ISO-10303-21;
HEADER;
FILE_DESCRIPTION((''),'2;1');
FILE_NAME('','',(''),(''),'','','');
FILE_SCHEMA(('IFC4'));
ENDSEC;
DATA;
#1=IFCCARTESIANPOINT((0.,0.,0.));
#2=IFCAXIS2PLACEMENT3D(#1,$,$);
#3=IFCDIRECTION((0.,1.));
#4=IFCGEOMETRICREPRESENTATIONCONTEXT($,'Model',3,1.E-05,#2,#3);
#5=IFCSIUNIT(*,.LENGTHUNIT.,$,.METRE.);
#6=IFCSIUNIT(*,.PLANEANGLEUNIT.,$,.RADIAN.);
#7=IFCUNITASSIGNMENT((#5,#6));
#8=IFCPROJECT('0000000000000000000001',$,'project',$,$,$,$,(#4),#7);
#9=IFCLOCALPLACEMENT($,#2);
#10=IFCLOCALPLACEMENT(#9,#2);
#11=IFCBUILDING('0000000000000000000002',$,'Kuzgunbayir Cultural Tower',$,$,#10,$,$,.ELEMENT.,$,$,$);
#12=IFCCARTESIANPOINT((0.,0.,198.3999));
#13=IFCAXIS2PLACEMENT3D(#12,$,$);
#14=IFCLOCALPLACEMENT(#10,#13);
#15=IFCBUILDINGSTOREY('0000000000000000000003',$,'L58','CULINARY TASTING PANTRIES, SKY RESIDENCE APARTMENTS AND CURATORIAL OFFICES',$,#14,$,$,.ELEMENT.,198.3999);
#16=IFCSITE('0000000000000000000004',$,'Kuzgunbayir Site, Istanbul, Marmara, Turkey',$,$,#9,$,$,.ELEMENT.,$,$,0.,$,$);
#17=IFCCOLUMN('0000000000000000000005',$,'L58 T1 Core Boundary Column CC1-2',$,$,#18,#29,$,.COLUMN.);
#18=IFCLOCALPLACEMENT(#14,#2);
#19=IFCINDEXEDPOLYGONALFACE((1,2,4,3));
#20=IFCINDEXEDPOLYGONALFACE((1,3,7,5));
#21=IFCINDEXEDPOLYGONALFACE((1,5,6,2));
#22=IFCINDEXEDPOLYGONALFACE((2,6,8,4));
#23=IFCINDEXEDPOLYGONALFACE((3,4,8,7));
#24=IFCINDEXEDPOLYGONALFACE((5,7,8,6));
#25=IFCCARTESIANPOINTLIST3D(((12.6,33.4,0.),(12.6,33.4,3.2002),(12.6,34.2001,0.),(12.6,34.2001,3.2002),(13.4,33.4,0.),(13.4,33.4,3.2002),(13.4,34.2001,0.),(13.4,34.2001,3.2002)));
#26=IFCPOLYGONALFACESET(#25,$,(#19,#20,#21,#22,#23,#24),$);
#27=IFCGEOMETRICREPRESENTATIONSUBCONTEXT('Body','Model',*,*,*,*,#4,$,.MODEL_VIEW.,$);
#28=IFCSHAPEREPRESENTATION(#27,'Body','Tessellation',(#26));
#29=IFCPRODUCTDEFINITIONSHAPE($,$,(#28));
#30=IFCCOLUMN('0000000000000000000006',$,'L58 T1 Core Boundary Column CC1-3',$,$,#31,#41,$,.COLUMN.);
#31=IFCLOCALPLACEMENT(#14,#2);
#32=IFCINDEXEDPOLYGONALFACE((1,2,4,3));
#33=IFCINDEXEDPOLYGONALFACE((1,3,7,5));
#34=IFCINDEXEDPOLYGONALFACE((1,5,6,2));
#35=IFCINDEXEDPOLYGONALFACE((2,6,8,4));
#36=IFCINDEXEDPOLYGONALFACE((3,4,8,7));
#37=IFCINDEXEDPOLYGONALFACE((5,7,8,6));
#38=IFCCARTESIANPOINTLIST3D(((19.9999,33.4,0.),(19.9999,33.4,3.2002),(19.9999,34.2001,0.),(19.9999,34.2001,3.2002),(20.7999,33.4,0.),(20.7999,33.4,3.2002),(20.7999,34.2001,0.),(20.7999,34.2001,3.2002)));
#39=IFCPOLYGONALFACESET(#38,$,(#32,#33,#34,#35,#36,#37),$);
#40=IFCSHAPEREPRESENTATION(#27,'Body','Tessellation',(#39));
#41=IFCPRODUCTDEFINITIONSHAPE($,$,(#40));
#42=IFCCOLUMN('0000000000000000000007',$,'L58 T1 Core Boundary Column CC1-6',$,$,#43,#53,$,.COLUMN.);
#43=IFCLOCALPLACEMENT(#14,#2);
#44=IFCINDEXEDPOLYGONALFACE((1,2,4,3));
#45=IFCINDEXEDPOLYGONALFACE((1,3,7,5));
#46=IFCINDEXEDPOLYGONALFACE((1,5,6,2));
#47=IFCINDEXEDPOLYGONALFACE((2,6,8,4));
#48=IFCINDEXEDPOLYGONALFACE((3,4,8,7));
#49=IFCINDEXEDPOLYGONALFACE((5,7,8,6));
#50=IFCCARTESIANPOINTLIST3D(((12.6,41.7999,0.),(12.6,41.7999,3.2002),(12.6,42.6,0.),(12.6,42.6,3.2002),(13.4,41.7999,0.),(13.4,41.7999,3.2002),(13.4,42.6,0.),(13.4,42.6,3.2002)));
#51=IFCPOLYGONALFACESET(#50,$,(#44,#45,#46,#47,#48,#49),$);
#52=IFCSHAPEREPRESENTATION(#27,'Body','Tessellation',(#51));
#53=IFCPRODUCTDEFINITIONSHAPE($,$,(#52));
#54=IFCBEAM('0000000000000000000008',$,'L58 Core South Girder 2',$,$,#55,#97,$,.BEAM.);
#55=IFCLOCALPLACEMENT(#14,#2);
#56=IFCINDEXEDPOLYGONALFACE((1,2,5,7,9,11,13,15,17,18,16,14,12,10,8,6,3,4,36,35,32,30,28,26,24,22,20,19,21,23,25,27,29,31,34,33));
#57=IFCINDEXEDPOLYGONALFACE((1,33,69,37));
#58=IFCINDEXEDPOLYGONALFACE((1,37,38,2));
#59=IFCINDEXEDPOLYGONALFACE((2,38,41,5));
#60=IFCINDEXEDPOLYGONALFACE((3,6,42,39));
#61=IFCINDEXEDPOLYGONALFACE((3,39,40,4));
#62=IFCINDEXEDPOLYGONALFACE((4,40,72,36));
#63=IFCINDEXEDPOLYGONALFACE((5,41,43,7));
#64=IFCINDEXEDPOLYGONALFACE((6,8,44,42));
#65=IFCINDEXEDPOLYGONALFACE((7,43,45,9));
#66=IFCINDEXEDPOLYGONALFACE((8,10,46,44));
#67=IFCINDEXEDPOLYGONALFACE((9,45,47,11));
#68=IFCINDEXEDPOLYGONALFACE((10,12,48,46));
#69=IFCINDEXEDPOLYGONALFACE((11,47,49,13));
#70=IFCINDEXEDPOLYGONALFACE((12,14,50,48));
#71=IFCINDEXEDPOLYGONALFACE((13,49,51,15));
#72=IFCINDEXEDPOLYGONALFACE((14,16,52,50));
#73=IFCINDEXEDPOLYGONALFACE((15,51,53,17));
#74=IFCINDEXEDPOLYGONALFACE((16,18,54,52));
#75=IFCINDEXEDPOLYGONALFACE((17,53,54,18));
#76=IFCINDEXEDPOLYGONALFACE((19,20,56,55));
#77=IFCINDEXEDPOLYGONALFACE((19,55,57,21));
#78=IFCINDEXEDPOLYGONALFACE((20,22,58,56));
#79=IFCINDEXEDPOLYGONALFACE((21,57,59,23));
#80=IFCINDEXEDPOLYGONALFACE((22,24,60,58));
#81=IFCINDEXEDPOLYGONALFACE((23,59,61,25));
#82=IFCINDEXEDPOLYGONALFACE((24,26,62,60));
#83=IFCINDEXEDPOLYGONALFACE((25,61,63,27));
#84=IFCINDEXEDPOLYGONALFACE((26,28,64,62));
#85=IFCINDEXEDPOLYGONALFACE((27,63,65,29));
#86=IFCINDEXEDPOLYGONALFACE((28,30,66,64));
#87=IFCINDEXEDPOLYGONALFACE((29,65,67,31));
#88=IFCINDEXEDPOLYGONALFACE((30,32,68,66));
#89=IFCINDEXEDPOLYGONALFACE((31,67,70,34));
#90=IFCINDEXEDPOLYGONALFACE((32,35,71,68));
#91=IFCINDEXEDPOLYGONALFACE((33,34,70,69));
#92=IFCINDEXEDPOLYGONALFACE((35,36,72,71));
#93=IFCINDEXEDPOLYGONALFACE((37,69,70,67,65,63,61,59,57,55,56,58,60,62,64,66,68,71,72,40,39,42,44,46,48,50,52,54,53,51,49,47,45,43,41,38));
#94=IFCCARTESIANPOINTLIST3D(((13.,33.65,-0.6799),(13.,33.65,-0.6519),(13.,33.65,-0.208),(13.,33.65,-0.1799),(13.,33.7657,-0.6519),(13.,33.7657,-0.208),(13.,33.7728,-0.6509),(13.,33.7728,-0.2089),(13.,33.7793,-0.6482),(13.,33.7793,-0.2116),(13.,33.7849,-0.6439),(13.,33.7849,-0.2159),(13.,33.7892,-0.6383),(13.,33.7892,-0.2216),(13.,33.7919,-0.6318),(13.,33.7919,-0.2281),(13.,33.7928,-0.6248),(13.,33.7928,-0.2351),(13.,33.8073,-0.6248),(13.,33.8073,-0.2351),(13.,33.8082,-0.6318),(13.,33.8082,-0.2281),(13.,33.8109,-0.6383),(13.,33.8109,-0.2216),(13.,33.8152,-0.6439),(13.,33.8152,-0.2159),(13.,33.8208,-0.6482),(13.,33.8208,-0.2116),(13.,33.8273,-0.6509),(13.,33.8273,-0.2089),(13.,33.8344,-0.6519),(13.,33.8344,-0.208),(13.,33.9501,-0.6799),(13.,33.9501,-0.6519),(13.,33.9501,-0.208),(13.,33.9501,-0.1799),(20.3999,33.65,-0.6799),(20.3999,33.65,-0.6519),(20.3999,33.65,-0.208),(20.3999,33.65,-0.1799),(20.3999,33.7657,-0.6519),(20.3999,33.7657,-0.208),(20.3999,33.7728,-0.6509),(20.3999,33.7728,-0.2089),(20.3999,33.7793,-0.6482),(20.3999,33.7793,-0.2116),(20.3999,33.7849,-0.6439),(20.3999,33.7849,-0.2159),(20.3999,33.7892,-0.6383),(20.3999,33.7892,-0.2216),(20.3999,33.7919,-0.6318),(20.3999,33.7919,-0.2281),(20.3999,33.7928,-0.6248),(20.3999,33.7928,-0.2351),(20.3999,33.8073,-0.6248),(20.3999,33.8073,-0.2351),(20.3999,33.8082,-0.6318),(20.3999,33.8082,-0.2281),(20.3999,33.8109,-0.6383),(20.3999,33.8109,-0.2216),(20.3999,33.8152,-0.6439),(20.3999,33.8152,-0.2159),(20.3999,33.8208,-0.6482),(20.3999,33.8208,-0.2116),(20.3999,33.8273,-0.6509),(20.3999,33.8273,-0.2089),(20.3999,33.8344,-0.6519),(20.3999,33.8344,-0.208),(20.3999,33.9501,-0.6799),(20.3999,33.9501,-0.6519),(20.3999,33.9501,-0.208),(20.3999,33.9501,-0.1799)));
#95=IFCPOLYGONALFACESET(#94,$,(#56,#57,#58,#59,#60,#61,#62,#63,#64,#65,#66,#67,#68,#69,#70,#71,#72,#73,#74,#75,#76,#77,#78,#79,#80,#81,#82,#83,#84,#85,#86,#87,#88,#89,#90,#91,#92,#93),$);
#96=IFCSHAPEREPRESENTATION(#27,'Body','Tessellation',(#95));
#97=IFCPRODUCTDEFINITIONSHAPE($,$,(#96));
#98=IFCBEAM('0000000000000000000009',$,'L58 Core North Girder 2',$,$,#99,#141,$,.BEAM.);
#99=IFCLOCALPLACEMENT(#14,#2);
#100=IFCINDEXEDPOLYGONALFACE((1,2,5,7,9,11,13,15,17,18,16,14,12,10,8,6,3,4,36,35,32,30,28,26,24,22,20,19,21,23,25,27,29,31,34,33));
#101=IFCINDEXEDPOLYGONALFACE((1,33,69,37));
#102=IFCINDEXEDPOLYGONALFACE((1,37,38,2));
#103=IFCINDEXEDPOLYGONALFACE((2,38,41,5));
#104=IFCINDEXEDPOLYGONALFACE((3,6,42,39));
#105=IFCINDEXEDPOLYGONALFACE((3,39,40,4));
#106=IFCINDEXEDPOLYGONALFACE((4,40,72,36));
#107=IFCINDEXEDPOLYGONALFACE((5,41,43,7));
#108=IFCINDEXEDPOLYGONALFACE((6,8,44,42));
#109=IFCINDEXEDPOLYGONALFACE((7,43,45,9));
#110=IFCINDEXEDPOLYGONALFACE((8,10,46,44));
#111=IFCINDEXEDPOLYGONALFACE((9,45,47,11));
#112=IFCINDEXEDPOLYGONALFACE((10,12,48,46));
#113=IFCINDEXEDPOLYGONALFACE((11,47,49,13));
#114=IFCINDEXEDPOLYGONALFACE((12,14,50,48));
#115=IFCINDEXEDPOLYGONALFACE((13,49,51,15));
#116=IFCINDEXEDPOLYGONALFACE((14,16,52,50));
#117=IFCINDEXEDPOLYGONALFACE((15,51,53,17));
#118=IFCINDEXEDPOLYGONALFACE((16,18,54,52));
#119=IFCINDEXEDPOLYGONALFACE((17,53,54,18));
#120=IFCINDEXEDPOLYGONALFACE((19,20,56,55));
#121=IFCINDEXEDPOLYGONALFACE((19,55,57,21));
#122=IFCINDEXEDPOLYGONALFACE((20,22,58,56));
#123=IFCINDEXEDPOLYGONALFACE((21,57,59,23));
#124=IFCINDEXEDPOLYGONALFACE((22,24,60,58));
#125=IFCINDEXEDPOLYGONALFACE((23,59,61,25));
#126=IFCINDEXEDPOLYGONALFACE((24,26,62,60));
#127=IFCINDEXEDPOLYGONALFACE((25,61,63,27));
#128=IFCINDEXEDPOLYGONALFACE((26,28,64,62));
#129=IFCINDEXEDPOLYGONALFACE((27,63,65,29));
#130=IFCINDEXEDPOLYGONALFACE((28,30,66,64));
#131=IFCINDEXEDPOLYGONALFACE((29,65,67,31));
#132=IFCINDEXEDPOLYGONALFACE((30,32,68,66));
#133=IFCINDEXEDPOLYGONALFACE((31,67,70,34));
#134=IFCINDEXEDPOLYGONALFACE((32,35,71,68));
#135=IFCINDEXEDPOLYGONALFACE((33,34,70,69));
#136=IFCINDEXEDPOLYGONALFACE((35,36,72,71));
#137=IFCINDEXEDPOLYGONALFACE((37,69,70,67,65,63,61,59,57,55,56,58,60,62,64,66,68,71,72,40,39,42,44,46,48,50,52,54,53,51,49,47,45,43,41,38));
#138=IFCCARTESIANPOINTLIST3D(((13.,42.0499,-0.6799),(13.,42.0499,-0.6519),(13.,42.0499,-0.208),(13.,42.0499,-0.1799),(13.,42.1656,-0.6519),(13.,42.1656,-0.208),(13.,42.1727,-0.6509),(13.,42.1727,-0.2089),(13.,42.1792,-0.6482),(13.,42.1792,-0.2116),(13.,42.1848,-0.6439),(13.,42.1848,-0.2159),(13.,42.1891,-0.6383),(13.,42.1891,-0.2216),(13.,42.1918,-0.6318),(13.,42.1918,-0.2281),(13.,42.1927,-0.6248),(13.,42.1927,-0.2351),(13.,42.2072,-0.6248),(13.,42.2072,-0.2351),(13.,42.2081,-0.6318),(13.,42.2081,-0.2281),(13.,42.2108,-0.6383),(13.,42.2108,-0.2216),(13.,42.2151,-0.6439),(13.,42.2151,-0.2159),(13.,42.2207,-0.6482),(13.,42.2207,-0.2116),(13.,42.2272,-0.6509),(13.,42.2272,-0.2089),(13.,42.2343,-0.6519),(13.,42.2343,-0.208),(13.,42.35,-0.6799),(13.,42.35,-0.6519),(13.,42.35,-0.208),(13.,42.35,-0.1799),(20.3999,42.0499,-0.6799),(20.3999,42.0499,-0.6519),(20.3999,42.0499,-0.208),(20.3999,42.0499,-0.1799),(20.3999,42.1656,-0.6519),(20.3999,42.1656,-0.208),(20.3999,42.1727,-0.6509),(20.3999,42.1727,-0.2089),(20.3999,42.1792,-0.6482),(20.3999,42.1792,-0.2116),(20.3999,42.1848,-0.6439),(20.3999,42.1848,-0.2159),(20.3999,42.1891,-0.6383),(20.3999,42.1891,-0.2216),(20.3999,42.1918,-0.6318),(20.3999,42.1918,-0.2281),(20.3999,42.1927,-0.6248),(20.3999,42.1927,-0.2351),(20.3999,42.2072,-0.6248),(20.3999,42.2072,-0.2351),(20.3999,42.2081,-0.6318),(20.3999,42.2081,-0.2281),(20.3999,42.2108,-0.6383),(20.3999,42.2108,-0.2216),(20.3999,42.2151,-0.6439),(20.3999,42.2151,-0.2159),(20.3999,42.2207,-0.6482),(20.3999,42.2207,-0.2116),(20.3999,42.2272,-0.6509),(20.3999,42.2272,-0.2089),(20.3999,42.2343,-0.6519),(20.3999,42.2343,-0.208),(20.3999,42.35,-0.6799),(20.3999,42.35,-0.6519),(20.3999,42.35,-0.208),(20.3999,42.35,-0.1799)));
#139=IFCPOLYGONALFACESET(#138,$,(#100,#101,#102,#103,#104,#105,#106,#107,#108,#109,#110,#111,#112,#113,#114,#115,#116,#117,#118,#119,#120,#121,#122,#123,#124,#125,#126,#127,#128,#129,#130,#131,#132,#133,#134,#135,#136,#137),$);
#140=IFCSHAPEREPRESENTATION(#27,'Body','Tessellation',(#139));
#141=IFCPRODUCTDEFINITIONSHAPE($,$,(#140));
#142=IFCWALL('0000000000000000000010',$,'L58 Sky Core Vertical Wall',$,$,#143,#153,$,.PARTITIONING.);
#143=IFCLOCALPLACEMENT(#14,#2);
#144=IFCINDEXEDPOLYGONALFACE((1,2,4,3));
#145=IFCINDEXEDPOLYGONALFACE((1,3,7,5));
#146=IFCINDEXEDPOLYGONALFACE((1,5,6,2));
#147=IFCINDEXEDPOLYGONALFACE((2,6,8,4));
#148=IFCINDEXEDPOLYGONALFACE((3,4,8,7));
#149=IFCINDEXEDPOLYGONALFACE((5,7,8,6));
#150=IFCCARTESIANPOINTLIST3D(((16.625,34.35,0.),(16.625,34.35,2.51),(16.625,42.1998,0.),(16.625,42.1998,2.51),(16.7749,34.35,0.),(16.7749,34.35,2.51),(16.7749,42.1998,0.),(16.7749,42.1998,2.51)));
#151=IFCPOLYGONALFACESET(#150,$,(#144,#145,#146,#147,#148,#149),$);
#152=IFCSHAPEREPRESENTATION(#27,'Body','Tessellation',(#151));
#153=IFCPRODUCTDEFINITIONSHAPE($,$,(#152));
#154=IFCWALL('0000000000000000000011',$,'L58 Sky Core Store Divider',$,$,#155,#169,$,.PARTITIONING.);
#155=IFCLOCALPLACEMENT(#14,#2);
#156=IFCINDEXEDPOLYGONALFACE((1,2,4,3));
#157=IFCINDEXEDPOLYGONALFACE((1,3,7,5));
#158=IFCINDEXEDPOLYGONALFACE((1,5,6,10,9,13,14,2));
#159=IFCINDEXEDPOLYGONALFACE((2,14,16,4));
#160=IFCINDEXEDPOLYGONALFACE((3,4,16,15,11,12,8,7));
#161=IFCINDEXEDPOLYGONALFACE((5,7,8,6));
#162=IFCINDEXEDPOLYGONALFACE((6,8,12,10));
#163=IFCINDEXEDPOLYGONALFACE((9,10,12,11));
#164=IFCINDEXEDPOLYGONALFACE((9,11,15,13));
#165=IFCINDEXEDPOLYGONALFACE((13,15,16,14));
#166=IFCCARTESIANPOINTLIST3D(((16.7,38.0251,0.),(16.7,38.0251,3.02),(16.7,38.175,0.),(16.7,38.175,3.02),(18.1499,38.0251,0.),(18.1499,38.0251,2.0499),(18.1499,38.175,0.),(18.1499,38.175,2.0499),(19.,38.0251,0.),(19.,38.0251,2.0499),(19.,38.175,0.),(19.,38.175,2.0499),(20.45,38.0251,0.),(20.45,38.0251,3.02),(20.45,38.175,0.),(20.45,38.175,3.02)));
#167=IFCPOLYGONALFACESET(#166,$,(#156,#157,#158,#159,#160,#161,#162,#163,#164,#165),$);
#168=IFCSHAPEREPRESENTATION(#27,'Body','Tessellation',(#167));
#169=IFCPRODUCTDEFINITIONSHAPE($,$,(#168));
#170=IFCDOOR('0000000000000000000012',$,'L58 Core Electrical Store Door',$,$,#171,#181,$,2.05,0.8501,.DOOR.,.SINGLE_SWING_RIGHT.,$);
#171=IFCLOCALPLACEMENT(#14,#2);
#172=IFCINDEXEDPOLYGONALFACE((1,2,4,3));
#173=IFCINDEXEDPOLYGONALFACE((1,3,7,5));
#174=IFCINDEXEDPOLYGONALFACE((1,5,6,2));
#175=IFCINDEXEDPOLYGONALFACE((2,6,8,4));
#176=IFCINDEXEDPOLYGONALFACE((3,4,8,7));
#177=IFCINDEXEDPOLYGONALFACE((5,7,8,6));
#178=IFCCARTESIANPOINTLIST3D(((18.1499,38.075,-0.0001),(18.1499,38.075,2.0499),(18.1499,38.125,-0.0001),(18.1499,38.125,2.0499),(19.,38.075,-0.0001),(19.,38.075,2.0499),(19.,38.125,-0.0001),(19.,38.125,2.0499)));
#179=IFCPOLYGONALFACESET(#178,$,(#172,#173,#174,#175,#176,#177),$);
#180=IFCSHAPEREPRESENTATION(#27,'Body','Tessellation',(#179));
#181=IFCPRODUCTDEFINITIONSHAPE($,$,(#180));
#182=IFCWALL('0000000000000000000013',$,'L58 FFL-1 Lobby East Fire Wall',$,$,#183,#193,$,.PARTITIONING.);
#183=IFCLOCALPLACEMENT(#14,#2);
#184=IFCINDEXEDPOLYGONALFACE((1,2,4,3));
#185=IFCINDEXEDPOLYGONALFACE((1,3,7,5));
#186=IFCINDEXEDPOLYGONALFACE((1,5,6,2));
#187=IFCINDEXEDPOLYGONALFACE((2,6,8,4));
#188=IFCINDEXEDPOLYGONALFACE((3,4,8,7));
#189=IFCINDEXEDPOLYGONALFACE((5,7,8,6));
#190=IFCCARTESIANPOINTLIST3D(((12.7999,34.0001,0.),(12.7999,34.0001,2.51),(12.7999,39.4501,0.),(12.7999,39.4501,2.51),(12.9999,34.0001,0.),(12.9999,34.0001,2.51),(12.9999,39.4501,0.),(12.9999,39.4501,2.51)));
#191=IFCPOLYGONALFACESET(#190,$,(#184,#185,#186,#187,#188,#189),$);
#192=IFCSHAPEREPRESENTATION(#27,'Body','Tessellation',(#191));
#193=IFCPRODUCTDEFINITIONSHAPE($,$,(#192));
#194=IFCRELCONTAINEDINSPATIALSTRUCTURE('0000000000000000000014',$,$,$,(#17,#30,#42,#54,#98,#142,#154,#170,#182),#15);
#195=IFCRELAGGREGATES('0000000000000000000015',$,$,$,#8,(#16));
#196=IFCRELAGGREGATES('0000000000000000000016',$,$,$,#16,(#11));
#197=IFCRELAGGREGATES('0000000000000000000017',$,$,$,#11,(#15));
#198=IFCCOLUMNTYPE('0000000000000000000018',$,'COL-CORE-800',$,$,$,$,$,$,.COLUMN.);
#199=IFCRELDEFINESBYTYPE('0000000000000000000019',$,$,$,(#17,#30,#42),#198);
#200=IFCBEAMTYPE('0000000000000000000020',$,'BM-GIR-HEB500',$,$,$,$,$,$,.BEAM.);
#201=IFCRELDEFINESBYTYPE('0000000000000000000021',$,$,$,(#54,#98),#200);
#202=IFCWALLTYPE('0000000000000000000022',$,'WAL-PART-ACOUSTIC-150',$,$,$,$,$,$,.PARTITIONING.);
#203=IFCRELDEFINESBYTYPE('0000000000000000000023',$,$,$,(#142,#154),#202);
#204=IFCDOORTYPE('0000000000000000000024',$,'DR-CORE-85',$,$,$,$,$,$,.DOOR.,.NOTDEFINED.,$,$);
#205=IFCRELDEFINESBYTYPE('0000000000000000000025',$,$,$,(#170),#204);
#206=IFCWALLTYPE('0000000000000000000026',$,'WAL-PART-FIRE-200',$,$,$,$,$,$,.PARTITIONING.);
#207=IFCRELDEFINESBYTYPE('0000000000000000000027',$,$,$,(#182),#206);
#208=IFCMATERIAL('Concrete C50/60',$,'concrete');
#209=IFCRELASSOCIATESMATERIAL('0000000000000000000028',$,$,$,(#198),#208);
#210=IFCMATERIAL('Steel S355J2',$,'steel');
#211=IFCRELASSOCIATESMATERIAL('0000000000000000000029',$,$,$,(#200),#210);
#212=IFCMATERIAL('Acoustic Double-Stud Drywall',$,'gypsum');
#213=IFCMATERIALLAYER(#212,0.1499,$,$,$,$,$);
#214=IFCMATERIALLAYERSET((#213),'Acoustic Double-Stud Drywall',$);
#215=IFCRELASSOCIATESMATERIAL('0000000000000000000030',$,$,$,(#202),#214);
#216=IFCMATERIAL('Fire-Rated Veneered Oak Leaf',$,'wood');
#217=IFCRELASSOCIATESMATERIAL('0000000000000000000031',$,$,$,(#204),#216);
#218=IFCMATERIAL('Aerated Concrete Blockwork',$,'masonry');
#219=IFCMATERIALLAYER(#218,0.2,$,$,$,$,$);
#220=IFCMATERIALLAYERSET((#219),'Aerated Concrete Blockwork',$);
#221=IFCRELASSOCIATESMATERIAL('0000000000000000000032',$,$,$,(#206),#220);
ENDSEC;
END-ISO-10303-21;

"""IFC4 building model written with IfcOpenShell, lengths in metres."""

from ifc_helpers import new_model, si_unit, direction, frame, frame_2d, origin, origin_2d, place, context, subcontext, project, spatial, rectangle, i_section, extrude, material, layer, layer_set, material_profile, profile_set, type_object, element, fill, save


model = new_model("IFC4")

# Units and contexts
model_context = context("Model", 3, precision=1e-05, world=origin(), true_north=direction((0.0, 1.0)))
body_context = subcontext(model_context, "Body", "Model", "MODEL_VIEW")
ifc_project = project(units=[si_unit("LENGTHUNIT", "METRE"), si_unit("PLANEANGLEUNIT", "RADIAN")], contexts=[model_context])

# Site, building, storey
site_placement = place(None, origin())
site = spatial("IfcSite", under=ifc_project, at=site_placement, Name="Kuzgunbayir Site, Istanbul, Marmara, Turkey", CompositionType="ELEMENT", RefElevation=0.0)
building_placement = place(site_placement, origin())
building = spatial("IfcBuilding", under=site, at=building_placement, Name="Kuzgunbayir Cultural Tower", CompositionType="ELEMENT")
storey_placement = place(building_placement, frame((0.0, 0.0, 198.3999)))
storey = spatial("IfcBuildingStorey", under=building, at=storey_placement, Name="L58", Description="CULINARY TASTING PANTRIES, SKY RESIDENCE APARTMENTS AND CURATORIAL OFFICES", CompositionType="ELEMENT", Elevation=198.3999)

# Columns
ifc_material_1 = material(Name="Concrete C50/60", Category="concrete")
ifc_material_profile_1 = material_profile(ifc_material_1, rectangle(XDim=0.8, YDim=0.8, at=origin_2d()), Name="RC 800x800")
ifc_profile_set_1 = profile_set([ifc_material_profile_1], Name="Concrete C50/60")
column_type = type_object("IfcColumnType", Name="COL-CORE-800", PredefinedType="COLUMN", material=ifc_profile_set_1)
for number, where, z_axis, x_axis, name in (
    (1, (13.0, 33.8, 0.0), (0.0, 0.0, 1.0), (1.0, 0.0, 0.0), "L58 T1 Core Boundary Column CC1-2"),
    (2, (20.3999, 33.8, 0.0), (0.0, 0.0, 1.0), (1.0, 0.0, 0.0), "L58 T1 Core Boundary Column CC1-3"),
    (3, (13.0, 42.2, 0.0), (0.0, 0.0, 1.0), (1.0, 0.0, 0.0), "L58 T1 Core Boundary Column CC1-6"),
):
    element("IfcColumn", number, at=place(storey_placement, frame(where, z_axis=z_axis, x_axis=x_axis)), inside=storey, type_object=column_type, Name=name, PredefinedType="COLUMN", context=body_context, shape_type="SweptSolid", body=[
        extrude(rectangle(XDim=0.8, YDim=0.8, at=origin_2d()), origin(), (0.0, 0.0, 1.0), 3.2002),
    ])

# Beams
ifc_material_2 = material(Name="Steel S355J2", Category="steel")
ifc_material_profile_2 = material_profile(ifc_material_2, i_section(OverallWidth=0.3, OverallDepth=0.5, WebThickness=0.0144, FlangeThickness=0.0281, FilletRadius=0.0271, at=origin_2d()), Name="HEB 500")
ifc_profile_set_2 = profile_set([ifc_material_profile_2], Name="Steel S355J2")
beam_type = type_object("IfcBeamType", Name="BM-GIR-HEB500", PredefinedType="BEAM", material=ifc_profile_set_2)
for number, where, z_axis, x_axis, name in (
    (4, (13.0, 33.8, -0.4299), (1.0, 0.0, 0.0), (0.0, 1.0, 0.0), "L58 Core South Girder 2"),
    (5, (13.0, 42.2, -0.4299), (1.0, 0.0, 0.0), (0.0, 1.0, 0.0), "L58 Core North Girder 2"),
):
    element("IfcBeam", number, at=place(storey_placement, frame(where, z_axis=z_axis, x_axis=x_axis)), inside=storey, type_object=beam_type, Name=name, PredefinedType="BEAM", context=body_context, shape_type="SweptSolid", body=[
        extrude(i_section(OverallWidth=0.3, OverallDepth=0.5, WebThickness=0.0144, FlangeThickness=0.0281, FilletRadius=0.0271, at=origin_2d()), origin(), (0.0, 0.0, 1.0), 7.3999),
    ])

# Shared definitions
ifc_material_3 = material(Name="Acoustic Double-Stud Drywall", Category="gypsum")
ifc_layer_1 = layer(ifc_material_3, 0.1499)
ifc_layer_set_1 = layer_set([ifc_layer_1], Name="Acoustic Double-Stud Drywall")
wall_type_1 = type_object("IfcWallType", Name="WAL-PART-ACOUSTIC-150", PredefinedType="PARTITIONING", material=ifc_layer_set_1)
ifc_material_4 = material(Name="Fire-Rated Veneered Oak Leaf", Category="wood")

# Wall
wall_1_placement = place(storey_placement, frame((16.7, 34.3501, 0.0), z_axis=(0.0, 0.0, 1.0), x_axis=(0.0, 1.0, 0.0)))
element("IfcWall", 6, at=wall_1_placement, inside=storey, type_object=wall_type_1, Name="L58 Sky Core Vertical Wall", PredefinedType="PARTITIONING", context=body_context, shape_type="SweptSolid", body=[
    extrude(rectangle(XDim=7.8499, YDim=0.1499, at=frame_2d((3.9248, 0.0))), origin(), (0.0, 0.0, 1.0), 2.51),
])

# Wall, opening, door
wall_2_placement = place(storey_placement, frame((16.7, 38.1001, 0.0), z_axis=(0.0, 0.0, 1.0), x_axis=(1.0, 0.0, 0.0)))
wall_2 = element("IfcWall", 7, at=wall_2_placement, inside=storey, type_object=wall_type_1, Name="L58 Sky Core Store Divider", PredefinedType="PARTITIONING", context=body_context, shape_type="SweptSolid", body=[
    extrude(rectangle(XDim=3.75, YDim=0.1499, at=frame_2d((1.875, 0.0))), origin(), (0.0, 0.0, 1.0), 3.02),
])
opening_1_placement = place(wall_2_placement, frame((1.45, 0.0, 0.0)))
opening_1 = element("IfcOpeningElement", 8, at=opening_1_placement, cuts=wall_2, PredefinedType="OPENING", context=body_context, shape_type="SweptSolid", body=[
    extrude(rectangle(XDim=0.8501, YDim=2.05, at=frame_2d((0.425, 1.0249))), frame((0.0, 0.085, 0.0), z_axis=(0.0, -1.0, 0.0), x_axis=(1.0, 0.0, 0.0)), (0.0, 0.0, 1.0), 0.1699),
])
door_type_1 = type_object("IfcDoorType", Name="DR-CORE-85", OperationType="NOTDEFINED", PredefinedType="DOOR", material=ifc_material_4)
door_1_placement = place(opening_1_placement, origin())
door_1 = element("IfcDoor", 9, at=door_1_placement, inside=storey, type_object=door_type_1, Name="L58 Core Electrical Store Door", OperationType="SINGLE_SWING_RIGHT", OverallHeight=2.05, OverallWidth=0.8501, PredefinedType="DOOR", context=body_context, shape_type="SweptSolid", body=[
    extrude(rectangle(XDim=0.8501, YDim=2.05, at=frame_2d((0.425, 1.0249))), frame((0.0, 0.0249, 0.0), z_axis=(0.0, -1.0, 0.0), x_axis=(1.0, 0.0, 0.0)), (0.0, 0.0, 1.0), 0.05),
])
fill(opening_1, door_1)

# Wall
ifc_material_5 = material(Name="Aerated Concrete Blockwork", Category="masonry")
ifc_layer_2 = layer(ifc_material_5, 0.2)
ifc_layer_set_2 = layer_set([ifc_layer_2], Name="Aerated Concrete Blockwork")
wall_type_2 = type_object("IfcWallType", Name="WAL-PART-FIRE-200", PredefinedType="PARTITIONING", material=ifc_layer_set_2)
wall_3_placement = place(storey_placement, frame((12.8999, 34.0, 0.0), z_axis=(0.0, 0.0, 1.0), x_axis=(0.0, 1.0, 0.0)))
element("IfcWall", 10, at=wall_3_placement, inside=storey, type_object=wall_type_2, Name="L58 FFL-1 Lobby East Fire Wall", PredefinedType="PARTITIONING", context=body_context, shape_type="SweptSolid", body=[
    extrude(rectangle(XDim=5.45, YDim=0.2, at=frame_2d((2.7251, 0.0))), origin(), (0.0, 0.0, 1.0), 2.51),
])

save(model, "model.ifc")
